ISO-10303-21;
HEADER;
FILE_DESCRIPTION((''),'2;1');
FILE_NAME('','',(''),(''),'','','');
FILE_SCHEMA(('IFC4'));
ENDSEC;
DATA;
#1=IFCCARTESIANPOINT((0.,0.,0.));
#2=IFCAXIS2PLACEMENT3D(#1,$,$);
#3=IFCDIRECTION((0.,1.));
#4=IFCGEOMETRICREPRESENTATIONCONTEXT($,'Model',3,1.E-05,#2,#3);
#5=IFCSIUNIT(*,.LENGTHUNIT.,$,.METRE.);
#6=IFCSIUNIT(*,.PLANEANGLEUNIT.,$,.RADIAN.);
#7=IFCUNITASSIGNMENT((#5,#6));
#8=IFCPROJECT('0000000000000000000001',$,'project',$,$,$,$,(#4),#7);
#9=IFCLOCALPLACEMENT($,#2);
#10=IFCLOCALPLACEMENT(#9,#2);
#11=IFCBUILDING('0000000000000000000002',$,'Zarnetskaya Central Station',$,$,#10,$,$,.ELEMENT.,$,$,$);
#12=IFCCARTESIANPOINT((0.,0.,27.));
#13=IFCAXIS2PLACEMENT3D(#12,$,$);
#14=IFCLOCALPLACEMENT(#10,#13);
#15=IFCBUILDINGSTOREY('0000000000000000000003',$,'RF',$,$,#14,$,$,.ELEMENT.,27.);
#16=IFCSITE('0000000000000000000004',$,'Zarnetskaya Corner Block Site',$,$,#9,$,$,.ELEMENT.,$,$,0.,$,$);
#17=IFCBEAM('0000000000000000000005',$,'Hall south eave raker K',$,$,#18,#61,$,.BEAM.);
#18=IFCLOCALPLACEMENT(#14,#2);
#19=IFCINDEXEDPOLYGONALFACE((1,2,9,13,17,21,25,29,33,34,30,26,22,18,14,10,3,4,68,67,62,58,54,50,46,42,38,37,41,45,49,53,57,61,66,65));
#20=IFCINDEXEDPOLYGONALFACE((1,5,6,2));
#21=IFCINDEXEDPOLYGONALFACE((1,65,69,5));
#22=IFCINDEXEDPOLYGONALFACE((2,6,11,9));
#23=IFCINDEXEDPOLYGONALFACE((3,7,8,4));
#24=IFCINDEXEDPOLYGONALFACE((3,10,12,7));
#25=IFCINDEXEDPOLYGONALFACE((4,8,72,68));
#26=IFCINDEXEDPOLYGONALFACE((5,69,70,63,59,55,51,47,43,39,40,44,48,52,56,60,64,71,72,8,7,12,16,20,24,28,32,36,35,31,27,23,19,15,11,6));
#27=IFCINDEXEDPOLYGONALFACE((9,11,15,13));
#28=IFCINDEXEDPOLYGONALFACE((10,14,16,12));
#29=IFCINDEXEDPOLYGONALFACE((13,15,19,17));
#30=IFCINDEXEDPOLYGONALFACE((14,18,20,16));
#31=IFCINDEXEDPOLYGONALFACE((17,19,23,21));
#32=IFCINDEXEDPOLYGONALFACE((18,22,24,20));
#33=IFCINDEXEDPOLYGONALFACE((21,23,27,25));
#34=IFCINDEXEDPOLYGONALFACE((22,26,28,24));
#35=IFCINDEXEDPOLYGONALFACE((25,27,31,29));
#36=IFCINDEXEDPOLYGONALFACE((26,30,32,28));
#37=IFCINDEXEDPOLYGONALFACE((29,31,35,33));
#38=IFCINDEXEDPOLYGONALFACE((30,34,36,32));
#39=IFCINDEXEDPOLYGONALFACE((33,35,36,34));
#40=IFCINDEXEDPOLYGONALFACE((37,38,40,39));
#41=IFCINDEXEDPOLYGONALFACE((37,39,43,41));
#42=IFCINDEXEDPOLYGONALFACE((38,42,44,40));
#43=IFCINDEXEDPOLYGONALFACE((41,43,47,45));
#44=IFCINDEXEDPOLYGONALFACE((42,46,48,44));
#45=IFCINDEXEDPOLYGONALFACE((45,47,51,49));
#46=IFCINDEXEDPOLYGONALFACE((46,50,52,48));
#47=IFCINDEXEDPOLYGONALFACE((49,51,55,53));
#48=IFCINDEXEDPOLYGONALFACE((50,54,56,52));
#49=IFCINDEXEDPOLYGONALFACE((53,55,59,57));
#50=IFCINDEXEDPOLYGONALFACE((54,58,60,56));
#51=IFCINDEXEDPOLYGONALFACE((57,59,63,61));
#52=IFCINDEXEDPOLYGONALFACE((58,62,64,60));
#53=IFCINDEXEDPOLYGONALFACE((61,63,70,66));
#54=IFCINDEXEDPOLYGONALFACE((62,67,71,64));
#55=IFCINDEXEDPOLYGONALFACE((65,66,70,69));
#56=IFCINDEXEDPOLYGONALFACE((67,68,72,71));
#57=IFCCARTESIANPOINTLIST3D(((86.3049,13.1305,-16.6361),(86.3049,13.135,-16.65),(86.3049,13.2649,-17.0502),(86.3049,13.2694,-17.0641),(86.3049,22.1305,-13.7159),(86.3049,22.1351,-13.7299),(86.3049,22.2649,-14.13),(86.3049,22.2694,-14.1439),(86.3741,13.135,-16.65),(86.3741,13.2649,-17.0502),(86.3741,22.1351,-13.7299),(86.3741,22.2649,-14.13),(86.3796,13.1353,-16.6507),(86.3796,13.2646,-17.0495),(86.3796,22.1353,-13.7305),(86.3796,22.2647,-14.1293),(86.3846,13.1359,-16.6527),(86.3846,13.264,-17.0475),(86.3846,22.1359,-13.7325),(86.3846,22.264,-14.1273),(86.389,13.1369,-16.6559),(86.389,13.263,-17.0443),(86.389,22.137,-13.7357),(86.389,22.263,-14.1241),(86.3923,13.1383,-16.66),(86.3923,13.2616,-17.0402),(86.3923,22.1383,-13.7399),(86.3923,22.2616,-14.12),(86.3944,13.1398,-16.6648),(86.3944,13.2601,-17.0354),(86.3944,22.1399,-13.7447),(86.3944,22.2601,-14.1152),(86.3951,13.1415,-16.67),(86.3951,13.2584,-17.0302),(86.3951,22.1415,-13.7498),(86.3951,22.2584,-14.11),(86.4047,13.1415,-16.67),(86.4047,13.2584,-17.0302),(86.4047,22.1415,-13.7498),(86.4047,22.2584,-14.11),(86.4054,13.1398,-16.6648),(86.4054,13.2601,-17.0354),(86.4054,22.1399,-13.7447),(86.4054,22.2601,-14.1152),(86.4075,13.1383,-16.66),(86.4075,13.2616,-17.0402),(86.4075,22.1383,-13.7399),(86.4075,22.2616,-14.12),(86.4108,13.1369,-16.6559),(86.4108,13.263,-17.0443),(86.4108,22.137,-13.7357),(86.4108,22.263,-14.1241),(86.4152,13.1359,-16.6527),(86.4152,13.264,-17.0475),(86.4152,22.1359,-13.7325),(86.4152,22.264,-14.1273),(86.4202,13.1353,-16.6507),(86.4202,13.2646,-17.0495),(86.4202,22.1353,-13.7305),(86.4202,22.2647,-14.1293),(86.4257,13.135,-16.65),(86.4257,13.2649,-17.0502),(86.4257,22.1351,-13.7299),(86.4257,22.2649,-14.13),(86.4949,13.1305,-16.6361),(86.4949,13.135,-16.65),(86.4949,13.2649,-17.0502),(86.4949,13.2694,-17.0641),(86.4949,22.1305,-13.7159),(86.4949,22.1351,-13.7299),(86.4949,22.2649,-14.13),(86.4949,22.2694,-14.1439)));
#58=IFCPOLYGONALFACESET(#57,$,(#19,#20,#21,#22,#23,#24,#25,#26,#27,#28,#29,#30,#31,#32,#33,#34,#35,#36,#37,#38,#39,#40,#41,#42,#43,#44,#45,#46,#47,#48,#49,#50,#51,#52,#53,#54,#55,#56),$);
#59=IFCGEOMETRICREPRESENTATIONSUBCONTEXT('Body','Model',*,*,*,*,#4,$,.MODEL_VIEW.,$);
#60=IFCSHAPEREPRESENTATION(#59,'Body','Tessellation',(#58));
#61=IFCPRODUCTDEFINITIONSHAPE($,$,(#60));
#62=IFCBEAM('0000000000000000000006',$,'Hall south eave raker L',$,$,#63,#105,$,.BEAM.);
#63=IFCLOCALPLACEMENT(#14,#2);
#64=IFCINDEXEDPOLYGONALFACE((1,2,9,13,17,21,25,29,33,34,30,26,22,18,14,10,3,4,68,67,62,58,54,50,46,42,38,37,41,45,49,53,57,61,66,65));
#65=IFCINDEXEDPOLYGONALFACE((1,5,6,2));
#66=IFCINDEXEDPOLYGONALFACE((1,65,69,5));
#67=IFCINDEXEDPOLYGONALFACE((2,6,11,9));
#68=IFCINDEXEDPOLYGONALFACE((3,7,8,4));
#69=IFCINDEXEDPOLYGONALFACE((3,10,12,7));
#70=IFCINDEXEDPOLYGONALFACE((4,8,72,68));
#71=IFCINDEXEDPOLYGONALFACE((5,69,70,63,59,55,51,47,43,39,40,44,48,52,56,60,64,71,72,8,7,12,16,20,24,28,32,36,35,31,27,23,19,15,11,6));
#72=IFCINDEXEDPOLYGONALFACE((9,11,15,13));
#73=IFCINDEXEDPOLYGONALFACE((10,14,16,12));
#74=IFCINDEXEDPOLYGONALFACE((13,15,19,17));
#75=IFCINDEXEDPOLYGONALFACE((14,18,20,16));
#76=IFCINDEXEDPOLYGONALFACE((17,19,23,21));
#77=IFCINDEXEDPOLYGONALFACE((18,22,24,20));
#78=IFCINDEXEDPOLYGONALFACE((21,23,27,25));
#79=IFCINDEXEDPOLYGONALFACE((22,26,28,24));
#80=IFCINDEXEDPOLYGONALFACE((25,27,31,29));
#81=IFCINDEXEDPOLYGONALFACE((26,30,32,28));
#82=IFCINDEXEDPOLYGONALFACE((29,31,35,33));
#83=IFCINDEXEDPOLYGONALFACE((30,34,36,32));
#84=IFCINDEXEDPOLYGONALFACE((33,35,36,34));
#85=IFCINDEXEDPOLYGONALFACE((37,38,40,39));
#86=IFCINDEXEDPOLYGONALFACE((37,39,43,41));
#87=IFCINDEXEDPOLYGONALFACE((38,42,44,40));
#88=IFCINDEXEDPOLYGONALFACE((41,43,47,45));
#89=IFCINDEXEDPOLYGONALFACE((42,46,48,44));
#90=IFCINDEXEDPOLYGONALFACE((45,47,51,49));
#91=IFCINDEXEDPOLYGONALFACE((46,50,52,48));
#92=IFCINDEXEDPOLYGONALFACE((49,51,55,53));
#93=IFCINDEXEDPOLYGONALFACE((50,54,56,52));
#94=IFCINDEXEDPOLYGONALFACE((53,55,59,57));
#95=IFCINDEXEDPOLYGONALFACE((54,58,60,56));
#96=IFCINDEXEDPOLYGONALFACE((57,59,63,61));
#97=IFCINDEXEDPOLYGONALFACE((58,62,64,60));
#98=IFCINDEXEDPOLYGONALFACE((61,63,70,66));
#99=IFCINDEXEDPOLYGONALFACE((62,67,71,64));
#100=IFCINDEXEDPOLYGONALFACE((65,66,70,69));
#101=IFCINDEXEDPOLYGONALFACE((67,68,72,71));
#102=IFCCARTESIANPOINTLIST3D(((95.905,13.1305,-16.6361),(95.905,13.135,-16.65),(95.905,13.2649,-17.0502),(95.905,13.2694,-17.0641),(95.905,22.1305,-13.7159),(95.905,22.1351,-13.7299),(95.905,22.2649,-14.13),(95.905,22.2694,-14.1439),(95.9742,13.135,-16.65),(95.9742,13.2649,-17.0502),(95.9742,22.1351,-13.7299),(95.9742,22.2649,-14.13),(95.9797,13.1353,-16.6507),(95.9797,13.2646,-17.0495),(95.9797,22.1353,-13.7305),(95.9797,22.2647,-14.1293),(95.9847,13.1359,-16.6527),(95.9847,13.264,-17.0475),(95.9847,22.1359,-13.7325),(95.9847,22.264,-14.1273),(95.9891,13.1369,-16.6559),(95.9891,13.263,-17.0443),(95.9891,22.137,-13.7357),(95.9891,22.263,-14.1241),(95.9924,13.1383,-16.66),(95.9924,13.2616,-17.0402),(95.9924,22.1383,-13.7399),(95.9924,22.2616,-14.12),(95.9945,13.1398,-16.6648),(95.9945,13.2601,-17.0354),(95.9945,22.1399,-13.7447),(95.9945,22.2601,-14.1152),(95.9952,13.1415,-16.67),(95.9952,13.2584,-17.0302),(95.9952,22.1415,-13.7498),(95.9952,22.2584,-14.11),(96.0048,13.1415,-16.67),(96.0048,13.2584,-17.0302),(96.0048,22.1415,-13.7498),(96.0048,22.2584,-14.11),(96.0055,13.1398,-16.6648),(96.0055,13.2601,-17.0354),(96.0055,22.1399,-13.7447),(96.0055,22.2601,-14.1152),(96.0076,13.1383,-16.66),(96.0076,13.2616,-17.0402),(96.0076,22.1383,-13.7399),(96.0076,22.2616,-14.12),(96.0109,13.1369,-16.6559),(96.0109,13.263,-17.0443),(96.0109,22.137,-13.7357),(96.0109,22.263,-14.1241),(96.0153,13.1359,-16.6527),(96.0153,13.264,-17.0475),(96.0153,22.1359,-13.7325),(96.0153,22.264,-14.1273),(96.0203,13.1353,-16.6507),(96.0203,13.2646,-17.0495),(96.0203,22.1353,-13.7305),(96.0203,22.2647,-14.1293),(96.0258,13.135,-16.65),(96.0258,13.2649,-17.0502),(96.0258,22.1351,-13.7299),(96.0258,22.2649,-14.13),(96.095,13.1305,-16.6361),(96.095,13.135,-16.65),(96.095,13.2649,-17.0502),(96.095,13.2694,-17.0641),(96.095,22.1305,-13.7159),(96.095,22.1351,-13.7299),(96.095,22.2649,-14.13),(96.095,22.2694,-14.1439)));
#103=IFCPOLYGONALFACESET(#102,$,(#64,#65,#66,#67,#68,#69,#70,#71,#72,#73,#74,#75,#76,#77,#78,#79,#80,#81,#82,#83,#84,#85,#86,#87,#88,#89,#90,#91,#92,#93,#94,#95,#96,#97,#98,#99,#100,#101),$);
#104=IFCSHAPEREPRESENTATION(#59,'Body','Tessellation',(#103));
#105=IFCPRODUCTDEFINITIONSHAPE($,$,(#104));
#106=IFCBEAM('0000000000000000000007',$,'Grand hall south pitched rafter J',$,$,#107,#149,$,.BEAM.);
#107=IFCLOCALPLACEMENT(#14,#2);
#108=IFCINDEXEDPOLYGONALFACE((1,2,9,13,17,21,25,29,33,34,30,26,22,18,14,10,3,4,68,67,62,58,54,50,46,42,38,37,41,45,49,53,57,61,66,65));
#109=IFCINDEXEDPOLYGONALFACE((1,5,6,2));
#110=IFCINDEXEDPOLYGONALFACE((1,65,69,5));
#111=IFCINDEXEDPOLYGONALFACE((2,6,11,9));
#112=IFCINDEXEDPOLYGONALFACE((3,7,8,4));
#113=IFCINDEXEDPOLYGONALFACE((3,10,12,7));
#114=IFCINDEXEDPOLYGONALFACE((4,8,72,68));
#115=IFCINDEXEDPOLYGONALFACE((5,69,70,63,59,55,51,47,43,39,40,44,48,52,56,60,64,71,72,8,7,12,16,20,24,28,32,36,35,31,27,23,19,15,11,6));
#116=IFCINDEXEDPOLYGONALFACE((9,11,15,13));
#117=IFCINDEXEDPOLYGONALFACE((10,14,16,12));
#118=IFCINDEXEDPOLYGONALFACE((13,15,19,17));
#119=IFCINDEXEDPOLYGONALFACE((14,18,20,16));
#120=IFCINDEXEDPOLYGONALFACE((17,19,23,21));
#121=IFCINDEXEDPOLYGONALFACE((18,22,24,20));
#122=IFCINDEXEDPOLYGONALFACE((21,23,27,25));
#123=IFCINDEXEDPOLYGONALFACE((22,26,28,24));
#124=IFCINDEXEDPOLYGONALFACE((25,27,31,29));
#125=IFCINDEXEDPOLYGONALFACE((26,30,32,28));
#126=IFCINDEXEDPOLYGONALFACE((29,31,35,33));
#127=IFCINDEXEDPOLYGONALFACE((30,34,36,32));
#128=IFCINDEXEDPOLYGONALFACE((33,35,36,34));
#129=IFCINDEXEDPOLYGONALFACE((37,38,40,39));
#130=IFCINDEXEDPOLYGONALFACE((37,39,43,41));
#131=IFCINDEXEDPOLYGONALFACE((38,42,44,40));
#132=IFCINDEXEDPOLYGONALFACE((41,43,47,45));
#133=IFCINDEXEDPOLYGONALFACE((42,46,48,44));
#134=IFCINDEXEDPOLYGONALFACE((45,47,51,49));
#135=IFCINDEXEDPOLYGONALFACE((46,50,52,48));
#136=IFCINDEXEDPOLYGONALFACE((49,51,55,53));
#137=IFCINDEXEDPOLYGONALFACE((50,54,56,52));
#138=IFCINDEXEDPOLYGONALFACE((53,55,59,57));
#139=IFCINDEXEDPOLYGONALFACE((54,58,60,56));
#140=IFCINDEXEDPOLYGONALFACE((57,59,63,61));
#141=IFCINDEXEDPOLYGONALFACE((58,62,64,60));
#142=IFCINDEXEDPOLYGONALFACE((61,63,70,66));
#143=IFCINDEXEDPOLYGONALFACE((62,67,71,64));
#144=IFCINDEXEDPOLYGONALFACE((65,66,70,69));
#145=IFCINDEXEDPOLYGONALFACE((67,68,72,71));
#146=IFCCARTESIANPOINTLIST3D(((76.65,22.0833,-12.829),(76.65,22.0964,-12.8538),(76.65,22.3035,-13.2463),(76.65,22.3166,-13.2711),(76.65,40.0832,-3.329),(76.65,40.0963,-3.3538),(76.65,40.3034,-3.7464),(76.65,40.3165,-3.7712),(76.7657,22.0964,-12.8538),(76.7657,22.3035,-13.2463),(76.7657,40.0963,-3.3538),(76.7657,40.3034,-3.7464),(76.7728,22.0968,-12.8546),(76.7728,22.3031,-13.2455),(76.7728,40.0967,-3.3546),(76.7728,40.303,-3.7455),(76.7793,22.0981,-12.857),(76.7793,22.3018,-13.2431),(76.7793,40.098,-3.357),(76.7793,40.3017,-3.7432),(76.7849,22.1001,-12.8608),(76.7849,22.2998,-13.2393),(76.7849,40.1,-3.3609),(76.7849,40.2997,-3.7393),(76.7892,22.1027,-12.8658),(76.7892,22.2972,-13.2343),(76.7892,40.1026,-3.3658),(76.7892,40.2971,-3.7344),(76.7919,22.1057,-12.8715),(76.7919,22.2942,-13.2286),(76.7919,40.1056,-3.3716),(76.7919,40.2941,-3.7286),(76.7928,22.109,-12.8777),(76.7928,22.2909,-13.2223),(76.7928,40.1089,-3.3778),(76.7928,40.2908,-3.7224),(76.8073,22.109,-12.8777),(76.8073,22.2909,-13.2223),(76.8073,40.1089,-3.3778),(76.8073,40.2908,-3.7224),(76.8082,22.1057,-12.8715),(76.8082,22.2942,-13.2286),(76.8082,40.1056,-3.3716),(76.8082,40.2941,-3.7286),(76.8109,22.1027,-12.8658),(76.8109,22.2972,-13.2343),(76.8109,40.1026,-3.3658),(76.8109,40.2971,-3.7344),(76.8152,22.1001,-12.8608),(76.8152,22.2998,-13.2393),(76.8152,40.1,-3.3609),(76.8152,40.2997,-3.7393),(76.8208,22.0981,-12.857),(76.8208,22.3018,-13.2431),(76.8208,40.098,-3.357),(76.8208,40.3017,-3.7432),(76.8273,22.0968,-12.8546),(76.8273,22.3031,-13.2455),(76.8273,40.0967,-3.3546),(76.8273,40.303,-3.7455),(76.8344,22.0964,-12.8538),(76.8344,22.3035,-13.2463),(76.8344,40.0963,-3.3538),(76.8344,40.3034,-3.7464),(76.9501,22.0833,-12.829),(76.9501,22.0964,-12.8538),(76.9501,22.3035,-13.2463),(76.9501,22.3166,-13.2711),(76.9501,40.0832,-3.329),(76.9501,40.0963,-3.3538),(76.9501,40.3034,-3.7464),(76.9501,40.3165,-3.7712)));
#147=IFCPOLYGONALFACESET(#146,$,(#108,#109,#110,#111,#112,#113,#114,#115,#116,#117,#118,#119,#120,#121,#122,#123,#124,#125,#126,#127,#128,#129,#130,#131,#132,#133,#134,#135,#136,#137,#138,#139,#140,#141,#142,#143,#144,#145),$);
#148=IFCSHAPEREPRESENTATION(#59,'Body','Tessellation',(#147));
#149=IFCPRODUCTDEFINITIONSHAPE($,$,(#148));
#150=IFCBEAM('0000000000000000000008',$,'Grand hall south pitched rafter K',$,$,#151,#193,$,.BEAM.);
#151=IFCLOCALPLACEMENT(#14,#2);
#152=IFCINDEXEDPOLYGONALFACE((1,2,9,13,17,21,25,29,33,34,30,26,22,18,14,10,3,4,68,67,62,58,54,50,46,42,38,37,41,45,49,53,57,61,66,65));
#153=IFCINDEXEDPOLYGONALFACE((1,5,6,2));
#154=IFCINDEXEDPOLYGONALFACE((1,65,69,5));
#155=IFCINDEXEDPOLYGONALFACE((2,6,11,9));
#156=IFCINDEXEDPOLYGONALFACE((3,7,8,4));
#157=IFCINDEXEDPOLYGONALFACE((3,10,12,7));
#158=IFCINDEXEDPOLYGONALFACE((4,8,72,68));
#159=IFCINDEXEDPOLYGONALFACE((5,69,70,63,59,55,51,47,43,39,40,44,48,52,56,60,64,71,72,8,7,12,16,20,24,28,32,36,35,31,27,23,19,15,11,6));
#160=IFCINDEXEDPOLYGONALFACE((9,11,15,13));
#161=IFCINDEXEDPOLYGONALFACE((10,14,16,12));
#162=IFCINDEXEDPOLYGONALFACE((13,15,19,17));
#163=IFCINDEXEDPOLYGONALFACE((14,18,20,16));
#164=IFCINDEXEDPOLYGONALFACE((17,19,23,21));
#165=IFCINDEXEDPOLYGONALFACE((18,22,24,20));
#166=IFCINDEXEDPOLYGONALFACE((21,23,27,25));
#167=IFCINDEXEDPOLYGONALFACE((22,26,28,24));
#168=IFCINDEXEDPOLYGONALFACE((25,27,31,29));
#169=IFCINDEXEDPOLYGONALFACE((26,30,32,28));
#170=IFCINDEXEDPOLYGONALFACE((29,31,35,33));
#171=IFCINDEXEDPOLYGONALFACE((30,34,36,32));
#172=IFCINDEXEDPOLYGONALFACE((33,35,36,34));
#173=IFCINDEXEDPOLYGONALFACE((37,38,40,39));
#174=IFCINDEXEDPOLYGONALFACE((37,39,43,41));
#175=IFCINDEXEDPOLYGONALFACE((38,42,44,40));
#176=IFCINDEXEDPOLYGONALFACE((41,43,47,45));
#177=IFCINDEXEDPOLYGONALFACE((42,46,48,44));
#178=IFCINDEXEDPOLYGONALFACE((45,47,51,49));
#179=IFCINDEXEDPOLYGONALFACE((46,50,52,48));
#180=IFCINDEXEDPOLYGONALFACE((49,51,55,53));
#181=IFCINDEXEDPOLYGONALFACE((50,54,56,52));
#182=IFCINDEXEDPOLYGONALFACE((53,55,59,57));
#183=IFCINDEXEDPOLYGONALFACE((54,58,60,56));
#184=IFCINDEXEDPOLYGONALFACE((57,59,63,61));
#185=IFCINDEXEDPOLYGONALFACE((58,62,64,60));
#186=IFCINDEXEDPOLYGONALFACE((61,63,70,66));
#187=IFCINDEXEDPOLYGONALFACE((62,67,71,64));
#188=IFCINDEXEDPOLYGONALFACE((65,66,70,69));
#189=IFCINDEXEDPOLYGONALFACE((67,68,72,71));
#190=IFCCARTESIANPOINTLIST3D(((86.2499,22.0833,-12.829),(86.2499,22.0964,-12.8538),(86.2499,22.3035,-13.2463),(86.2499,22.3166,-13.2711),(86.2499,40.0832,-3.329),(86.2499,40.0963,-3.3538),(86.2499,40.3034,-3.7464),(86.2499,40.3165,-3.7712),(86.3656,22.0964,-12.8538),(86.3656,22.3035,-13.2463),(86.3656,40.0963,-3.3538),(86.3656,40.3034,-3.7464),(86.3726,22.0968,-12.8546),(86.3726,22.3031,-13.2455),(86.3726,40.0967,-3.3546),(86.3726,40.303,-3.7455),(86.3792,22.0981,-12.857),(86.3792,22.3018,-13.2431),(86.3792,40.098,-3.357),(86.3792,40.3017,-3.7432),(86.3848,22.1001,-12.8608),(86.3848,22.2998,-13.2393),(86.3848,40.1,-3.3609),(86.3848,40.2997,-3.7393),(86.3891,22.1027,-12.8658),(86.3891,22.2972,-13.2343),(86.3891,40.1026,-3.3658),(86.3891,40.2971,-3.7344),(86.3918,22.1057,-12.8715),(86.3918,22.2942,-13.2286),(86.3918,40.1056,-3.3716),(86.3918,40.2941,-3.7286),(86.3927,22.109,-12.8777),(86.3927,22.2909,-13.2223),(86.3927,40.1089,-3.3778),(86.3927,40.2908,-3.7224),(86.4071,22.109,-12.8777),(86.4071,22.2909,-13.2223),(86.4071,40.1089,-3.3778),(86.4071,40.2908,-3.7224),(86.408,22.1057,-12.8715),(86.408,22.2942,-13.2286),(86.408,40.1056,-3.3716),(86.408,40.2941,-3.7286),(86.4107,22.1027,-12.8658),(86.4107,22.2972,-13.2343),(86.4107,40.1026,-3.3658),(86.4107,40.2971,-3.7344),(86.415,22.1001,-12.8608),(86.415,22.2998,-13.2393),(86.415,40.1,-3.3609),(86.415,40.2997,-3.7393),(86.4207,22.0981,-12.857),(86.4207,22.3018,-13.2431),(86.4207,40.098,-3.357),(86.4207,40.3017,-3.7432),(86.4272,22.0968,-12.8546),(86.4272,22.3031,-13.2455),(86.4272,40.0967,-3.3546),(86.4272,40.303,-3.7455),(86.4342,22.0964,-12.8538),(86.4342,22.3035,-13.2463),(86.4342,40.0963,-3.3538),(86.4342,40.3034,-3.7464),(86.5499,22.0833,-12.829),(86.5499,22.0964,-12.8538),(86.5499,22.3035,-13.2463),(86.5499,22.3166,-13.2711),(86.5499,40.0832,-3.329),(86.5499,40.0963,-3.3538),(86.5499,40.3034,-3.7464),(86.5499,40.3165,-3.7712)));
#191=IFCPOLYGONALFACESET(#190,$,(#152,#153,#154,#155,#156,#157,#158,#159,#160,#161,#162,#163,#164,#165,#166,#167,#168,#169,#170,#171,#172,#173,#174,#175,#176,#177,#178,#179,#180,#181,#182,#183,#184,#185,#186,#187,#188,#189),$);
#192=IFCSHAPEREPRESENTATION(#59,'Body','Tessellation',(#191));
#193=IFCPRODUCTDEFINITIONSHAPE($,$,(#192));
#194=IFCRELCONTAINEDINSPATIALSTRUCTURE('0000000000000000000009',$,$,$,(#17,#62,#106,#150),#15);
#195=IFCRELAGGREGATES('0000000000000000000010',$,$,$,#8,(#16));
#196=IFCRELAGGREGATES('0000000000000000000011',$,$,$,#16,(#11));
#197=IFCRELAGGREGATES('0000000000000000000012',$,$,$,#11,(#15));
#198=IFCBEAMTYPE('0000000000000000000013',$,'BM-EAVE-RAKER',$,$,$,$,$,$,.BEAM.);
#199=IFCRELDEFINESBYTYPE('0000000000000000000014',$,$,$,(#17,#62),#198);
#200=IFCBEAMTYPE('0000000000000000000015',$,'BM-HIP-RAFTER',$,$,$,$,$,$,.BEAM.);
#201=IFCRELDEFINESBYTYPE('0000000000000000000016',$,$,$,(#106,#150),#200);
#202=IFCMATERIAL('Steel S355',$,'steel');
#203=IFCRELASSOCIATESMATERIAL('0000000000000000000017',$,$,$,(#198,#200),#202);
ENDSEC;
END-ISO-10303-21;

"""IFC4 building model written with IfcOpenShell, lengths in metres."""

from ifc_helpers import new_model, si_unit, direction, frame, origin, origin_2d, place, context, subcontext, project, spatial, i_section, extrude, material, material_profile, profile_set, type_object, element, save


model = new_model("IFC4")

# Units and contexts
model_context = context("Model", 3, precision=1e-05, world=origin(), true_north=direction((0.0, 1.0)))
body_context = subcontext(model_context, "Body", "Model", "MODEL_VIEW")
ifc_project = project(units=[si_unit("LENGTHUNIT", "METRE"), si_unit("PLANEANGLEUNIT", "RADIAN")], contexts=[model_context])

# Site, building, storey
site_placement = place(None, origin())
site = spatial("IfcSite", under=ifc_project, at=site_placement, Name="Zarnetskaya Corner Block Site", CompositionType="ELEMENT", RefElevation=0.0)
building_placement = place(site_placement, origin())
building = spatial("IfcBuilding", under=site, at=building_placement, Name="Zarnetskaya Central Station", CompositionType="ELEMENT")
storey_placement = place(building_placement, frame((0.0, 0.0, 27.0)))
storey = spatial("IfcBuildingStorey", under=building, at=storey_placement, Name="RF", CompositionType="ELEMENT", Elevation=27.0)

# Beams
ifc_material_1 = material(Name="Steel S355", Category="steel")
ifc_material_profile_1 = material_profile(ifc_material_1, i_section(OverallWidth=0.1899, OverallDepth=0.45, WebThickness=0.0095, FlangeThickness=0.0146, FilletRadius=0.021, at=origin_2d()), Name="IPE 450")
ifc_profile_set_1 = profile_set([ifc_material_profile_1], Name="Steel S355")
beam_type_1 = type_object("IfcBeamType", Name="BM-EAVE-RAKER", PredefinedType="BEAM", material=ifc_profile_set_1)
for number, where, z_axis, x_axis, name in (
    (1, (86.3999, 13.2, -16.8501), (0.0, 0.951184, 0.308624), (-1.0, 0.0, 0.0), "Hall south eave raker K"),
    (2, (96.0, 13.2, -16.8501), (0.0, 0.951184, 0.308624), (-1.0, 0.0, 0.0), "Hall south eave raker L"),
):
    element("IfcBeam", number, at=place(storey_placement, frame(where, z_axis=z_axis, x_axis=x_axis)), inside=storey, type_object=beam_type_1, Name=name, PredefinedType="BEAM", context=body_context, shape_type="SweptSolid", body=[
        extrude(i_section(OverallWidth=0.1899, OverallDepth=0.45, WebThickness=0.0095, FlangeThickness=0.0146, FilletRadius=0.021, at=origin_2d()), origin(), (0.0, 0.0, 1.0), 9.4619),
    ])
ifc_material_profile_2 = material_profile(ifc_material_1, i_section(OverallWidth=0.3, OverallDepth=0.5, WebThickness=0.0144, FlangeThickness=0.0281, FilletRadius=0.0271, at=origin_2d()), Name="HEB 500")
ifc_profile_set_2 = profile_set([ifc_material_profile_2], Name="Steel S355")
beam_type_2 = type_object("IfcBeamType", Name="BM-HIP-RAFTER", PredefinedType="BEAM", material=ifc_profile_set_2)
for number, where, z_axis, x_axis, name in (
    (3, (76.8, 22.2, -13.05), (0.0, 0.884385, 0.466759), (-1.0, 0.0, 0.0), "Grand hall south pitched rafter J"),
    (4, (86.3999, 22.2, -13.05), (0.0, 0.884385, 0.466759), (-1.0, 0.0, 0.0), "Grand hall south pitched rafter K"),
):
    element("IfcBeam", number, at=place(storey_placement, frame(where, z_axis=z_axis, x_axis=x_axis)), inside=storey, type_object=beam_type_2, Name=name, PredefinedType="BEAM", context=body_context, shape_type="SweptSolid", body=[
        extrude(i_section(OverallWidth=0.3, OverallDepth=0.5, WebThickness=0.0144, FlangeThickness=0.0281, FilletRadius=0.0271, at=origin_2d()), origin(), (0.0, 0.0, 1.0), 20.353),
    ])

save(model, "model.ifc")
